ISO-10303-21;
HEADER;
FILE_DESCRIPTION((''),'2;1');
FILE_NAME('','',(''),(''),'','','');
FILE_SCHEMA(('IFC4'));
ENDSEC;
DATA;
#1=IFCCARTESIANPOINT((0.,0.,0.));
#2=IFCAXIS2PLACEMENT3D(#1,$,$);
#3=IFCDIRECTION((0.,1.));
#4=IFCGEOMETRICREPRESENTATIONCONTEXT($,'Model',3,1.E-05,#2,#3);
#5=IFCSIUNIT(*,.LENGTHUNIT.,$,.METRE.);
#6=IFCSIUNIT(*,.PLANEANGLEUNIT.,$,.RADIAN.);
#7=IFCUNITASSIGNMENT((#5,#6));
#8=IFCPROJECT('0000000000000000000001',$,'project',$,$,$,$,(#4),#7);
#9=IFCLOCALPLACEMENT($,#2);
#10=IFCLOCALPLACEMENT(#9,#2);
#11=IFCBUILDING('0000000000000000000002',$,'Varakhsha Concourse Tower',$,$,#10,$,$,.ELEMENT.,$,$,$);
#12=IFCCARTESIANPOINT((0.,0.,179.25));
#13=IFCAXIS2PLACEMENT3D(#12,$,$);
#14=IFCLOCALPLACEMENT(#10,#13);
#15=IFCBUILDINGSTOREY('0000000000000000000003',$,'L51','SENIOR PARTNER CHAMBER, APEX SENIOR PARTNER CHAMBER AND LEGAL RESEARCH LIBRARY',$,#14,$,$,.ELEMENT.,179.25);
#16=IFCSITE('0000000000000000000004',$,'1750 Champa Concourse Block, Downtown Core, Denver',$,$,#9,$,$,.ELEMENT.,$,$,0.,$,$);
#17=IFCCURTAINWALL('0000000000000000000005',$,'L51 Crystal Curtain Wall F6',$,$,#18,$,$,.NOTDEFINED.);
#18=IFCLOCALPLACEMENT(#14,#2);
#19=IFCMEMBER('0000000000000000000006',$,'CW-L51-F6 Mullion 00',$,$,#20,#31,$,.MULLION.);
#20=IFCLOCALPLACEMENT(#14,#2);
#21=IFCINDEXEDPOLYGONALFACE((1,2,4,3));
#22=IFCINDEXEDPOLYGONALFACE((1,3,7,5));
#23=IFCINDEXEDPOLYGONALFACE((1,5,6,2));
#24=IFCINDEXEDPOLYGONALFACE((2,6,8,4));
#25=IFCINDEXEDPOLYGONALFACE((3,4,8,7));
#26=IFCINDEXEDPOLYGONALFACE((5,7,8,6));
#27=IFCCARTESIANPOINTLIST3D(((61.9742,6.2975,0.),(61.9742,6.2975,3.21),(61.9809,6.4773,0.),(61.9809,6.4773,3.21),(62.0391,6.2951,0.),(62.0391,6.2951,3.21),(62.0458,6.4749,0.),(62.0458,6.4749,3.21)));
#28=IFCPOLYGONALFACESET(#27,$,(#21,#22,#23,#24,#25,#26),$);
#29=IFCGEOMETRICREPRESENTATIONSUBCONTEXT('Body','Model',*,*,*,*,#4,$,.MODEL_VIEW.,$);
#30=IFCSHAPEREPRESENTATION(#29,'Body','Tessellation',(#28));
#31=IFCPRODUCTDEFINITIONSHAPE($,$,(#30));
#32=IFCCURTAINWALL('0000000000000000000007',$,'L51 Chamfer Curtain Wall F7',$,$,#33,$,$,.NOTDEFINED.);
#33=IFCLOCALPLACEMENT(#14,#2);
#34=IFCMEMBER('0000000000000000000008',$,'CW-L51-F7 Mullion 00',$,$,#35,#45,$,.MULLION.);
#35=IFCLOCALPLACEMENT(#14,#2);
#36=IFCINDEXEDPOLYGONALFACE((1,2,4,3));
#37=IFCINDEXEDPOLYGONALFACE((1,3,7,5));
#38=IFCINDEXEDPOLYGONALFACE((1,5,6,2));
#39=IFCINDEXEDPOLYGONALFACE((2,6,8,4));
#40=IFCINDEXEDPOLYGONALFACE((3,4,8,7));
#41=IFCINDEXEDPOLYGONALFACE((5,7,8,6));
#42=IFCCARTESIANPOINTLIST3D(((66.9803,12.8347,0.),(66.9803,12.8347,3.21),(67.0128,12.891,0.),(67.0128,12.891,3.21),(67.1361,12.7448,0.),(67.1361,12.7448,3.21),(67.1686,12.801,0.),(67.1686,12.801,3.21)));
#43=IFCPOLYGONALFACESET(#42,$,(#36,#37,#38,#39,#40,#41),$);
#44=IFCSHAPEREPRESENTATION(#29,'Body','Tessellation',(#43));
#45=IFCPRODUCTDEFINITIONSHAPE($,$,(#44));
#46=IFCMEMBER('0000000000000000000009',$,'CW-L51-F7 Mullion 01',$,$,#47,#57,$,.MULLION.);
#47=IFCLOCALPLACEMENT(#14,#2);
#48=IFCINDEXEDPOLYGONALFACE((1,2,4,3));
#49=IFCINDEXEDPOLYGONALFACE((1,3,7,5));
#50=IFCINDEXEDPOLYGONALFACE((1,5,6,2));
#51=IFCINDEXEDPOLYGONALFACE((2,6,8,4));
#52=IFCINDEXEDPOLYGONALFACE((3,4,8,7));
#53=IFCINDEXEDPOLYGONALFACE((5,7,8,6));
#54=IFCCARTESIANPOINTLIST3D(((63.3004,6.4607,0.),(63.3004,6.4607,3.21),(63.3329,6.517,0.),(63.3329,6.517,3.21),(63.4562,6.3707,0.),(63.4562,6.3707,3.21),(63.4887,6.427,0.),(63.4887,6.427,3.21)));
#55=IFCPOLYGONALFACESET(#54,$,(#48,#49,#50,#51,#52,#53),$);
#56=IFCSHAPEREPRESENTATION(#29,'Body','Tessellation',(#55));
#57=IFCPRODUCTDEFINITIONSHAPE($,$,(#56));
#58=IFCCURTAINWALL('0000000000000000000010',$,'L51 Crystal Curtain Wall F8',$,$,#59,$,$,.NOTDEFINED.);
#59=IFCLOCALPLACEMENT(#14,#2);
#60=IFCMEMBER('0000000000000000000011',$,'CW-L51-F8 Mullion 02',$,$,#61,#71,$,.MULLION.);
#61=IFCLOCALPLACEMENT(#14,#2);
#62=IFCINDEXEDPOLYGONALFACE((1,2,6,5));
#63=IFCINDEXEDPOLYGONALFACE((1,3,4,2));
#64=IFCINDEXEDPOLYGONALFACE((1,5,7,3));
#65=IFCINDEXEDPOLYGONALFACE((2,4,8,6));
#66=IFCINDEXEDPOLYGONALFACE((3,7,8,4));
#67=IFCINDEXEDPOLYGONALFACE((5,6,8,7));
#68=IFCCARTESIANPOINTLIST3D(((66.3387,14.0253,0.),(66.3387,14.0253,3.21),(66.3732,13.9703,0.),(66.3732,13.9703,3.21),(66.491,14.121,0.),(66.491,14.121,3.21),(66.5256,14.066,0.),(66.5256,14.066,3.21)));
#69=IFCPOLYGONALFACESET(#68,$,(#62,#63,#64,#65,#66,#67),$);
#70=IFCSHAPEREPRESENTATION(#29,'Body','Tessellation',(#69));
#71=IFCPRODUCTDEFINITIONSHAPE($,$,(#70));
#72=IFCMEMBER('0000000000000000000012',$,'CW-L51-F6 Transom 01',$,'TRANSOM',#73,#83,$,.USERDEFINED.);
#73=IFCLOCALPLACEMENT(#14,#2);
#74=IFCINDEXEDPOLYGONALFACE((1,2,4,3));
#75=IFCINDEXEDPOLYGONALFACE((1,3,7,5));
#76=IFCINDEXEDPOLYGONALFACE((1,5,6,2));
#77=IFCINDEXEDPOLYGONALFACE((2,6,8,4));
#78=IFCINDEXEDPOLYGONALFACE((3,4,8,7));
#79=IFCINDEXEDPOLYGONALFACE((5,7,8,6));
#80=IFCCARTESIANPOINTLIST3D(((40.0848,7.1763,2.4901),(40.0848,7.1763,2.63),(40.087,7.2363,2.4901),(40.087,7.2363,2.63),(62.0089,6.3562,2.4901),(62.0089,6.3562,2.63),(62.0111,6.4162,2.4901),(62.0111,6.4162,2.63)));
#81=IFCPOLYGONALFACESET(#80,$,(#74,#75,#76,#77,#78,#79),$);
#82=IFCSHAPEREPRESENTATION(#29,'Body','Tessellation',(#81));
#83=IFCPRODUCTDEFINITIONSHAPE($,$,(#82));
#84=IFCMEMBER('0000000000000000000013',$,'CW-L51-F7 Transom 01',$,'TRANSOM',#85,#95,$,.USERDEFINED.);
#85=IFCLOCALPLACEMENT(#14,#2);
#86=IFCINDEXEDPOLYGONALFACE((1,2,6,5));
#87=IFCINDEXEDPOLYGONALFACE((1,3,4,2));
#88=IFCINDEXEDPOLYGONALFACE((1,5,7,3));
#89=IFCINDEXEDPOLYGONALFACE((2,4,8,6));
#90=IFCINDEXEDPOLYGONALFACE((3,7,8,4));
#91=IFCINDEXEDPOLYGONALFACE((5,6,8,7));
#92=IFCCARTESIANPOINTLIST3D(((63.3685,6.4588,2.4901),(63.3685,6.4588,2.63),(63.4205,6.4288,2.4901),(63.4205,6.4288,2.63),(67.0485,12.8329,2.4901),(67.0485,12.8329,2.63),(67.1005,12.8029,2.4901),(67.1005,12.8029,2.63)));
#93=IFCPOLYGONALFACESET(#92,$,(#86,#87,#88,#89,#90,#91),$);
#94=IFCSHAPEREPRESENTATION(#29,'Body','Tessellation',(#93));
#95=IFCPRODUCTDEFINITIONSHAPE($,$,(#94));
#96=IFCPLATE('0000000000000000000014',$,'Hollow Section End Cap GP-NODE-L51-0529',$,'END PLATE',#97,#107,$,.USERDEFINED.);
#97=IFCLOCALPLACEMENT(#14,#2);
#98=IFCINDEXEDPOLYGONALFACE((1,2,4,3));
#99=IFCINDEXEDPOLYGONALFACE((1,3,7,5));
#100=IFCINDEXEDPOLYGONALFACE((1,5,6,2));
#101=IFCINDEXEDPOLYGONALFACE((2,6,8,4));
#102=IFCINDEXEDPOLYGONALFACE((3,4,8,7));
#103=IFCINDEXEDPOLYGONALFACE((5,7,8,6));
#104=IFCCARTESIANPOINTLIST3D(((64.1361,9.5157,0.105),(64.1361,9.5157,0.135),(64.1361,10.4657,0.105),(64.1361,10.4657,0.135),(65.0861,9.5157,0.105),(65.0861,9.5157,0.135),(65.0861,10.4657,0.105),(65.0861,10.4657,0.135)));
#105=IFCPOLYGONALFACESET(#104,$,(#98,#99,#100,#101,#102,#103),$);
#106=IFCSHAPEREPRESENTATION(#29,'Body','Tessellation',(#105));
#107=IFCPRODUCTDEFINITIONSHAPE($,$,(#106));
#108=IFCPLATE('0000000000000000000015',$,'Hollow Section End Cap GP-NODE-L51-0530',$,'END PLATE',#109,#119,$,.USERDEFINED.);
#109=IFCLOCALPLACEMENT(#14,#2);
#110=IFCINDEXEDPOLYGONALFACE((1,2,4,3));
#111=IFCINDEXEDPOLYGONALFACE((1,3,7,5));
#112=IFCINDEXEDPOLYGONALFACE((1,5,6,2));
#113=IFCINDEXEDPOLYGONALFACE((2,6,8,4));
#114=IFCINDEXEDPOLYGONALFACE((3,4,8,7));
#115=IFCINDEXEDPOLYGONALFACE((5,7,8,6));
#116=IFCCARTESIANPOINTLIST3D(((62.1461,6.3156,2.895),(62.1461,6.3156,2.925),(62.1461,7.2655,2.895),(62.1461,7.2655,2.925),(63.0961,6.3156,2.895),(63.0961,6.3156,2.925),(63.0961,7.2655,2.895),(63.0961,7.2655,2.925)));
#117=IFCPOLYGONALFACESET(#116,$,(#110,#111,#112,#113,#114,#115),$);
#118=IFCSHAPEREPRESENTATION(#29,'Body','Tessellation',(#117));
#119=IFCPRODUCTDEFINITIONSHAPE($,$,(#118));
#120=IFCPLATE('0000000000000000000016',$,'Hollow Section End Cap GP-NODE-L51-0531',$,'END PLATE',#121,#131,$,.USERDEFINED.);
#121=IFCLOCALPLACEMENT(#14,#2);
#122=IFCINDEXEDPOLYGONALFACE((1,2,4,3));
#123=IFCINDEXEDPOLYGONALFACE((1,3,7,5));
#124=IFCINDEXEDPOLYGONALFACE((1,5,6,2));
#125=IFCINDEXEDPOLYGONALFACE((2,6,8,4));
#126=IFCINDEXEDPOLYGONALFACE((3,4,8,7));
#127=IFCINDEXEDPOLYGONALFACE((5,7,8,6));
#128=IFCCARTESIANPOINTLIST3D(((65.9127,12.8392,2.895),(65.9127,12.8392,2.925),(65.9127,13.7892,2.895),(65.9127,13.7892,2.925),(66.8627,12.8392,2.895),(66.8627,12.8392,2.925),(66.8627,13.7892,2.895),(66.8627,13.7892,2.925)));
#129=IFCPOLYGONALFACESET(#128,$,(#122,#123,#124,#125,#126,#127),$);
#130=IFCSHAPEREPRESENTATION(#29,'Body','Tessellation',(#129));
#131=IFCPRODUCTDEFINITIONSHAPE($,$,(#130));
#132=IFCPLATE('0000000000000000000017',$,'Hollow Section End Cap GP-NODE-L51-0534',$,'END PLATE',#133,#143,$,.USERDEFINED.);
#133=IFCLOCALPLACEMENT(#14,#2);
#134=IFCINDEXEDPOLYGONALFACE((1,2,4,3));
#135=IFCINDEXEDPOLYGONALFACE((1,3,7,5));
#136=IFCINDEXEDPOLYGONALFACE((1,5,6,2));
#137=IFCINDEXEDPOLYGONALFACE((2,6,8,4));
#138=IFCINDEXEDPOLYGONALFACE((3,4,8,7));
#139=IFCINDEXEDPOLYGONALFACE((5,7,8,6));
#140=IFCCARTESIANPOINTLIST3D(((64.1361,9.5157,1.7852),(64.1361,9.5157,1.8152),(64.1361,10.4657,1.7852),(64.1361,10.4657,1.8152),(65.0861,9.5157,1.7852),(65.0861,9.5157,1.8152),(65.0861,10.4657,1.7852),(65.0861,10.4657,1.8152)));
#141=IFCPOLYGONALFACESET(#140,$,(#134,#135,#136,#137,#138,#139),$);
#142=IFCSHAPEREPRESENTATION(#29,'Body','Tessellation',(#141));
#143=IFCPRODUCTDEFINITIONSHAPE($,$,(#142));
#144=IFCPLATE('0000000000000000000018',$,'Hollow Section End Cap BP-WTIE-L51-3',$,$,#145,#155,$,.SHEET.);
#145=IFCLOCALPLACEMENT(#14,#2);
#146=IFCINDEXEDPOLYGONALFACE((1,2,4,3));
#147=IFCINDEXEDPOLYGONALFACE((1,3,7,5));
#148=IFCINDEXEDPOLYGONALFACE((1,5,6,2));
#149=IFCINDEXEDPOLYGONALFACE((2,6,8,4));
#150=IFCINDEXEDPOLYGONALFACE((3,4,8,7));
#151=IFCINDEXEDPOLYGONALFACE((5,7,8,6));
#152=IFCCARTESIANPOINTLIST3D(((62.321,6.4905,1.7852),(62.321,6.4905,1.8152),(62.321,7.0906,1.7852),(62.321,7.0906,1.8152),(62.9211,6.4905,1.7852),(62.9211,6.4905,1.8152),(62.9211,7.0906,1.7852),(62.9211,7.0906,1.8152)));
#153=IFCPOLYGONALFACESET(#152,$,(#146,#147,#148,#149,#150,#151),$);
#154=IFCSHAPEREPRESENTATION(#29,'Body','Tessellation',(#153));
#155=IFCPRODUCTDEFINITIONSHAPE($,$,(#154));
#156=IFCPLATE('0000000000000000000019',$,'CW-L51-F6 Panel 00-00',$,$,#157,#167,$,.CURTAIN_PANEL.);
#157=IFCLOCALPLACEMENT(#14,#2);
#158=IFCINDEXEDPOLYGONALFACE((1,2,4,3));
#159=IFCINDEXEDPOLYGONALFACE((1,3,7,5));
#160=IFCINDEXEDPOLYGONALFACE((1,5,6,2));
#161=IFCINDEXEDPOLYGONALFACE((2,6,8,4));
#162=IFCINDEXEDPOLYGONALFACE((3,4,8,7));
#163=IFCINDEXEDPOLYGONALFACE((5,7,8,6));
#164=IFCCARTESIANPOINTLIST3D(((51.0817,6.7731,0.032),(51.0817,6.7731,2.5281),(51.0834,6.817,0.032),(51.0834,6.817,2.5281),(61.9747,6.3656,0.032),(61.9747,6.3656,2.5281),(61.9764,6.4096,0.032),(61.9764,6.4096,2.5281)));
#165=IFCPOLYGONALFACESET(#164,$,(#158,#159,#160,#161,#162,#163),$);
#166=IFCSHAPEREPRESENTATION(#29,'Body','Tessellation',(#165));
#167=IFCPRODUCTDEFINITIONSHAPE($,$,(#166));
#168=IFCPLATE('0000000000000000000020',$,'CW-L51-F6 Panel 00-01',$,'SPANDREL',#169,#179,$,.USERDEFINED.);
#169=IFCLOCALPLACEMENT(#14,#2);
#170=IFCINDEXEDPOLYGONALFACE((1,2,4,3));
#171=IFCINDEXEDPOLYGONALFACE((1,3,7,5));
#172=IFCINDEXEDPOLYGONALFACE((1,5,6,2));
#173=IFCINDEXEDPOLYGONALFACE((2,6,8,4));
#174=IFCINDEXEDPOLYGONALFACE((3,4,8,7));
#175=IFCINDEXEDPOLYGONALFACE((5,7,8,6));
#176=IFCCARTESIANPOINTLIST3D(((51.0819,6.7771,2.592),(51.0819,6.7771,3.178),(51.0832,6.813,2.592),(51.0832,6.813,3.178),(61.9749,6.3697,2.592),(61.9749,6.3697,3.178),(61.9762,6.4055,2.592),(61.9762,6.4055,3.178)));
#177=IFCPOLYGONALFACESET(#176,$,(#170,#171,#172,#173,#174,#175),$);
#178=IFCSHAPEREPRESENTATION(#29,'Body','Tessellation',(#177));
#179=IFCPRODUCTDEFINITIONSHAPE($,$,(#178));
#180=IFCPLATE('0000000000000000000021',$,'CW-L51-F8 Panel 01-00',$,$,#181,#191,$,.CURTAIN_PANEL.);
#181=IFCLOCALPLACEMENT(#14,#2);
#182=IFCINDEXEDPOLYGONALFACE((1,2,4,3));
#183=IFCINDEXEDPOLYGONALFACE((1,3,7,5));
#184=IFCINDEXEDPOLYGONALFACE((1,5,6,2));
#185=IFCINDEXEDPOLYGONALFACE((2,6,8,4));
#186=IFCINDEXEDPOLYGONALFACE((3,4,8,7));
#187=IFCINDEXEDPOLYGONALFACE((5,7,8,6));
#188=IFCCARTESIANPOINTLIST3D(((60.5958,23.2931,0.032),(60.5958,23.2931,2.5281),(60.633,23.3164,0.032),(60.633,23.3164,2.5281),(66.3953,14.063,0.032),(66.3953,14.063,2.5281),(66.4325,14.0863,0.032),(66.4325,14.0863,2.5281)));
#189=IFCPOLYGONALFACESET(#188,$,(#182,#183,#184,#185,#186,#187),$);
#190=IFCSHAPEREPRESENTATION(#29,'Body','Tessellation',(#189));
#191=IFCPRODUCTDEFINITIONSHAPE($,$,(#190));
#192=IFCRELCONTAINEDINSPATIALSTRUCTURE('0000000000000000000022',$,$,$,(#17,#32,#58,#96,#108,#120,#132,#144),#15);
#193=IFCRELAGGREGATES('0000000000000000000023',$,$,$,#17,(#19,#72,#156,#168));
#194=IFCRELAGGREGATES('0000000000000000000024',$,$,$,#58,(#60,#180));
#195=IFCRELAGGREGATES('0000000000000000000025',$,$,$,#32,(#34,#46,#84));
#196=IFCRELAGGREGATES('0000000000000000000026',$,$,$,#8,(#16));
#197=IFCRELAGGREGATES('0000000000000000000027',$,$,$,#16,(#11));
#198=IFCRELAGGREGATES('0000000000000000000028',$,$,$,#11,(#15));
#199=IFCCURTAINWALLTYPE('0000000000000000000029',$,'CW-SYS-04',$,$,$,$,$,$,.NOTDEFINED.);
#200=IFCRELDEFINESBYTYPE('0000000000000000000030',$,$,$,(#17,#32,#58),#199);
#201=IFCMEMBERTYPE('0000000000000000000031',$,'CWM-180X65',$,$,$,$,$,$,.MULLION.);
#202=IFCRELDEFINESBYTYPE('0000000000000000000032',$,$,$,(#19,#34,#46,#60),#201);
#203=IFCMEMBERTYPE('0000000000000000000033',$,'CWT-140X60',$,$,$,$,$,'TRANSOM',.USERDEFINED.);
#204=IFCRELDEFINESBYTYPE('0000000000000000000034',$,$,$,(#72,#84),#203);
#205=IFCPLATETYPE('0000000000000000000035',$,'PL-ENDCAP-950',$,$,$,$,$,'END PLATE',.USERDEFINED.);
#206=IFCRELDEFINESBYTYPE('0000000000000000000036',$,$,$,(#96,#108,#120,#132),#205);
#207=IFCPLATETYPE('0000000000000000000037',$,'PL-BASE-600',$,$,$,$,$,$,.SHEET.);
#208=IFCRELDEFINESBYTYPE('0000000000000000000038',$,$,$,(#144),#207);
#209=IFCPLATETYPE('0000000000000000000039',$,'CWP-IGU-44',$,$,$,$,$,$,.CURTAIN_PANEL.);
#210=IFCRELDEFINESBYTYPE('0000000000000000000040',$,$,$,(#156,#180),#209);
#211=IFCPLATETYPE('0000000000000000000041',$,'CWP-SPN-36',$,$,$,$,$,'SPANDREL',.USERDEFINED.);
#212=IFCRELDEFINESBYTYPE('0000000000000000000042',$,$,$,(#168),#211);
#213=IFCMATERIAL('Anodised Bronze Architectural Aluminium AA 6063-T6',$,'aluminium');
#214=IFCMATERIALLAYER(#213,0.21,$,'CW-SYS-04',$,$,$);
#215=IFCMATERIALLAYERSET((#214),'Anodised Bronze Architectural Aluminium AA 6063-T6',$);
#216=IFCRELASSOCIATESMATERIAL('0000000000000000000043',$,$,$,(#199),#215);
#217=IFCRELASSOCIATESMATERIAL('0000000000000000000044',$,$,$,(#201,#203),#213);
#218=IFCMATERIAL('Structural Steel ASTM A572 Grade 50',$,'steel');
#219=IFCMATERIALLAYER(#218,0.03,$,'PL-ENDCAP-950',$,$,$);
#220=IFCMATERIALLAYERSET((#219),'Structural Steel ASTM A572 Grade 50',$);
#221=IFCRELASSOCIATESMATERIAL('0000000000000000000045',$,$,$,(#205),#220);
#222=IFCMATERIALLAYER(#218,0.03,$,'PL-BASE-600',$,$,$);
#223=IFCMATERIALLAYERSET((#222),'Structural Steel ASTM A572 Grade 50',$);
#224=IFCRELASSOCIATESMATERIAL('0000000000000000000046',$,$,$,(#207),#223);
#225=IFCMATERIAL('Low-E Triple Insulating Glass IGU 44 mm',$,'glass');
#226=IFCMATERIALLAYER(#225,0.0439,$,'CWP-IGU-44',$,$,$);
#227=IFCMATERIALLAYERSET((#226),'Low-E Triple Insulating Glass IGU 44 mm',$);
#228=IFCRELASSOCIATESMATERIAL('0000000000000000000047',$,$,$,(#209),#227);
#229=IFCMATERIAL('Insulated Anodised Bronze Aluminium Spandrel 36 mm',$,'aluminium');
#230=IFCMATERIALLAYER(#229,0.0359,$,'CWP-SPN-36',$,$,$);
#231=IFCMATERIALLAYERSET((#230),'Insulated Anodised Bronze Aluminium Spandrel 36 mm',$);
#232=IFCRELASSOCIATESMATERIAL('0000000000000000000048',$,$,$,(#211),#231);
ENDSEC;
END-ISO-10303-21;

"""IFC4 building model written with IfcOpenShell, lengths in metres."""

from ifc_helpers import new_model, si_unit, direction, frame, origin, origin_2d, place, context, subcontext, project, spatial, rectangle, extrude, source, transform, mapped, material, layer, layer_set, material_profile, profile_set, type_object, type_shapes, element, aggregate, save


model = new_model("IFC4")

# Units and contexts
model_context = context("Model", 3, precision=1e-05, world=origin(), true_north=direction((0.0, 1.0)))
body_context = subcontext(model_context, "Body", "Model", "MODEL_VIEW")
ifc_project = project(units=[si_unit("LENGTHUNIT", "METRE"), si_unit("PLANEANGLEUNIT", "RADIAN")], contexts=[model_context])

# Site, building, storey
site_placement = place(None, origin())
site = spatial("IfcSite", under=ifc_project, at=site_placement, Name="1750 Champa Concourse Block, Downtown Core, Denver", CompositionType="ELEMENT", RefElevation=0.0)
building_placement = place(site_placement, origin())
building = spatial("IfcBuilding", under=site, at=building_placement, Name="Varakhsha Concourse Tower", CompositionType="ELEMENT")
storey_placement = place(building_placement, frame((0.0, 0.0, 179.25)))
storey = spatial("IfcBuildingStorey", under=building, at=storey_placement, Name="L51", Description="SENIOR PARTNER CHAMBER, APEX SENIOR PARTNER CHAMBER AND LEGAL RESEARCH LIBRARY", CompositionType="ELEMENT", Elevation=179.25)

# Shared definitions
ifc_material_1 = material(Name="Structural Steel ASTM A572 Grade 50", Category="steel")

# Curtain wall, member
ifc_material_2 = material(Name="Anodised Bronze Architectural Aluminium AA 6063-T6", Category="aluminium")
ifc_layer_1 = layer(ifc_material_2, 0.21, Name="CW-SYS-04")
ifc_layer_set_1 = layer_set([ifc_layer_1], Name="Anodised Bronze Architectural Aluminium AA 6063-T6")
curtain_wall_type = type_object("IfcCurtainWallType", Name="CW-SYS-04", PredefinedType="NOTDEFINED", material=ifc_layer_set_1)
curtain_wall_1_placement = place(storey_placement, origin())
curtain_wall_1 = element("IfcCurtainWall", 1, at=curtain_wall_1_placement, inside=storey, type_object=curtain_wall_type, Name="L51 Crystal Curtain Wall F6", PredefinedType="NOTDEFINED")
ifc_material_profile_1 = material_profile(ifc_material_2, rectangle(XDim=0.0649, YDim=0.1799, at=origin_2d()), Name="CWM-180X65")
ifc_profile_set_1 = profile_set([ifc_material_profile_1], Name="Anodised Bronze Architectural Aluminium AA 6063-T6")
member_type_1 = type_object("IfcMemberType", Name="CWM-180X65", PredefinedType="MULLION", material=ifc_profile_set_1)
shared_shape_1 = source(origin(), body_context, "Body", "SweptSolid", [
    extrude(rectangle(XDim=0.0649, YDim=0.1799, at=origin_2d()), origin(), (0.0, 0.0, 1.0), 3.21),
])
type_shapes(member_type_1, [shared_shape_1])
member_1_placement = place(storey_placement, frame((62.01, 6.3862, 0.0), z_axis=(0.0, 0.0, 1.0), x_axis=(-0.999301, 0.037376, 0.0)))
member_1 = element("IfcMember", 2, at=member_1_placement, type_object=member_type_1, Name="CW-L51-F6 Mullion 00", PredefinedType="MULLION", context=body_context, shape_type="MappedRepresentation", body=[
    mapped(shared_shape_1, transform((0.0, 0.0, 0.0), scale=1.0)),
])

# Curtain wall, members
curtain_wall_2_placement = place(storey_placement, origin())
curtain_wall_2 = element("IfcCurtainWall", 3, at=curtain_wall_2_placement, inside=storey, type_object=curtain_wall_type, Name="L51 Chamfer Curtain Wall F7", PredefinedType="NOTDEFINED")
member_2_placement = place(storey_placement, frame((67.0745, 12.8179, 0.0), z_axis=(0.0, 0.0, 1.0), x_axis=(-0.499997, -0.866027, 0.0)))
member_2 = element("IfcMember", 4, at=member_2_placement, type_object=member_type_1, Name="CW-L51-F7 Mullion 00", PredefinedType="MULLION", context=body_context, shape_type="MappedRepresentation", body=[
    mapped(shared_shape_1, transform((0.0, 0.0, 0.0), scale=1.0)),
])
member_3_placement = place(storey_placement, frame((63.3945, 6.4438, 0.0), z_axis=(0.0, 0.0, 1.0), x_axis=(-0.499997, -0.866027, 0.0)))
member_3 = element("IfcMember", 5, at=member_3_placement, type_object=member_type_1, Name="CW-L51-F7 Mullion 01", PredefinedType="MULLION", context=body_context, shape_type="MappedRepresentation", body=[
    mapped(shared_shape_1, transform((0.0, 0.0, 0.0), scale=1.0)),
])

# Curtain wall, member
curtain_wall_3_placement = place(storey_placement, origin())
curtain_wall_3 = element("IfcCurtainWall", 6, at=curtain_wall_3_placement, inside=storey, type_object=curtain_wall_type, Name="L51 Crystal Curtain Wall F8", PredefinedType="NOTDEFINED")
member_4_placement = place(storey_placement, frame((66.4321, 14.0457, 0.0), z_axis=(0.0, 0.0, 1.0), x_axis=(0.532022, -0.84673, 0.0)))
member_4 = element("IfcMember", 7, at=member_4_placement, type_object=member_type_1, Name="CW-L51-F8 Mullion 02", PredefinedType="MULLION", context=body_context, shape_type="MappedRepresentation", body=[
    mapped(shared_shape_1, transform((0.0, 0.0, 0.0), scale=1.0)),
])

# Members
ifc_material_profile_2 = material_profile(ifc_material_2, rectangle(XDim=0.0601, YDim=0.1399, at=origin_2d()), Name="CWT-140X60")
ifc_profile_set_2 = profile_set([ifc_material_profile_2], Name="Anodised Bronze Architectural Aluminium AA 6063-T6")
member_type_2 = type_object("IfcMemberType", Name="CWT-140X60", ElementType="TRANSOM", PredefinedType="USERDEFINED", material=ifc_profile_set_2)
shared_shape_2 = source(origin(), body_context, "Body", "SweptSolid", [
    extrude(rectangle(XDim=0.0601, YDim=0.1399, at=origin_2d()), origin(), (0.0, 0.0, 1.0), 21.9395),
])
member_5_placement = place(storey_placement, frame((62.01, 6.3862, 2.5601), z_axis=(-0.999301, 0.037379, 0.0), x_axis=(-0.037379, -0.999301, 0.0)))
member_5 = element("IfcMember", 8, at=member_5_placement, type_object=member_type_2, Name="CW-L51-F6 Transom 01", ObjectType="TRANSOM", PredefinedType="USERDEFINED", context=body_context, shape_type="MappedRepresentation", body=[
    mapped(shared_shape_2, transform((0.0, 0.0, 0.0), scale=1.0)),
])
shared_shape_3 = source(origin(), body_context, "Body", "SweptSolid", [
    extrude(rectangle(XDim=0.0601, YDim=0.1399, at=origin_2d()), origin(), (0.0, 0.0, 1.0), 7.3601),
])
type_shapes(member_type_2, [shared_shape_2, shared_shape_3])
member_6_placement = place(storey_placement, frame((67.0745, 12.8179, 2.5601), z_axis=(-0.499989, -0.866032, 0.0), x_axis=(0.866032, -0.499989, 0.0)))
member_6 = element("IfcMember", 9, at=member_6_placement, type_object=member_type_2, Name="CW-L51-F7 Transom 01", ObjectType="TRANSOM", PredefinedType="USERDEFINED", context=body_context, shape_type="MappedRepresentation", body=[
    mapped(shared_shape_3, transform((0.0, 0.0, 0.0), scale=1.0)),
])

# Plates
ifc_layer_2 = layer(ifc_material_1, 0.03, Name="PL-ENDCAP-950")
ifc_layer_set_2 = layer_set([ifc_layer_2], Name="Structural Steel ASTM A572 Grade 50")
plate_type_1 = type_object("IfcPlateType", Name="PL-ENDCAP-950", ElementType="END PLATE", PredefinedType="USERDEFINED", material=ifc_layer_set_2)
shared_shape_4 = source(origin(), body_context, "Body", "SweptSolid", [
    extrude(rectangle(XDim=0.95, YDim=0.95, at=origin_2d()), origin(), (0.0, 0.0, 1.0), 0.03),
])
type_shapes(plate_type_1, [shared_shape_4])
for number, where, z_axis, x_axis, name in (
    (10, (64.6111, 9.9907, 0.105), (0.0, 0.0, 1.0), (1.0, 0.0, 0.0), "Hollow Section End Cap GP-NODE-L51-0529"),
    (11, (62.6211, 6.7905, 2.895), (0.0, 0.0, 1.0), (1.0, 0.0, 0.0), "Hollow Section End Cap GP-NODE-L51-0530"),
    (12, (66.3877, 13.3142, 2.895), (0.0, 0.0, 1.0), (1.0, 0.0, 0.0), "Hollow Section End Cap GP-NODE-L51-0531"),
    (13, (64.6111, 9.9907, 1.7852), (0.0, 0.0, 1.0), (1.0, 0.0, 0.0), "Hollow Section End Cap GP-NODE-L51-0534"),
):
    element("IfcPlate", number, at=place(storey_placement, frame(where, z_axis=z_axis, x_axis=x_axis)), inside=storey, type_object=plate_type_1, Name=name, ObjectType="END PLATE", PredefinedType="USERDEFINED", context=body_context, shape_type="MappedRepresentation", body=[
        mapped(shared_shape_4, transform((0.0, 0.0, 0.0), scale=1.0)),
    ])
ifc_layer_3 = layer(ifc_material_1, 0.03, Name="PL-BASE-600")
ifc_layer_set_3 = layer_set([ifc_layer_3], Name="Structural Steel ASTM A572 Grade 50")
plate_type_2 = type_object("IfcPlateType", Name="PL-BASE-600", PredefinedType="SHEET", material=ifc_layer_set_3)
shared_shape_5 = source(origin(), body_context, "Body", "SweptSolid", [
    extrude(rectangle(XDim=0.6001, YDim=0.6001, at=origin_2d()), origin(), (0.0, 0.0, 1.0), 0.03),
])
type_shapes(plate_type_2, [shared_shape_5])
plate_1_placement = place(storey_placement, frame((62.6211, 6.7905, 1.7852), z_axis=(0.0, 0.0, 1.0), x_axis=(1.0, 0.0, 0.0)))
element("IfcPlate", 14, at=plate_1_placement, inside=storey, type_object=plate_type_2, Name="Hollow Section End Cap BP-WTIE-L51-3", PredefinedType="SHEET", context=body_context, shape_type="MappedRepresentation", body=[
    mapped(shared_shape_5, transform((0.0, 0.0, 0.0), scale=1.0)),
])

# Plates
ifc_material_3 = material(Name="Low-E Triple Insulating Glass IGU 44 mm", Category="glass")
ifc_layer_4 = layer(ifc_material_3, 0.0439, Name="CWP-IGU-44")
ifc_layer_set_4 = layer_set([ifc_layer_4], Name="Low-E Triple Insulating Glass IGU 44 mm")
plate_type_3 = type_object("IfcPlateType", Name="CWP-IGU-44", PredefinedType="CURTAIN_PANEL", material=ifc_layer_set_4)
shared_shape_6 = source(origin(), body_context, "Body", "SweptSolid", [
    extrude(rectangle(XDim=10.9006, YDim=0.0439, at=origin_2d()), origin(), (0.0, 0.0, 1.0), 2.4961),
])
plate_2_placement = place(storey_placement, frame((56.5291, 6.5913, 0.032), z_axis=(0.0, 0.0, 1.0), x_axis=(-0.999301, 0.037376, 0.0)))
plate_2 = element("IfcPlate", 15, at=plate_2_placement, type_object=plate_type_3, Name="CW-L51-F6 Panel 00-00", PredefinedType="CURTAIN_PANEL", context=body_context, shape_type="MappedRepresentation", body=[
    mapped(shared_shape_6, transform((0.0, 0.0, 0.0), scale=1.0)),
])
ifc_material_4 = material(Name="Insulated Anodised Bronze Aluminium Spandrel 36 mm", Category="aluminium")
ifc_layer_5 = layer(ifc_material_4, 0.0359, Name="CWP-SPN-36")
ifc_layer_set_5 = layer_set([ifc_layer_5], Name="Insulated Anodised Bronze Aluminium Spandrel 36 mm")
plate_type_4 = type_object("IfcPlateType", Name="CWP-SPN-36", ElementType="SPANDREL", PredefinedType="USERDEFINED", material=ifc_layer_set_5)
shared_shape_7 = source(origin(), body_context, "Body", "SweptSolid", [
    extrude(rectangle(XDim=10.9006, YDim=0.0359, at=origin_2d()), origin(), (0.0, 0.0, 1.0), 0.5859),
])
plate_3_placement = place(storey_placement, frame((56.5291, 6.5913, 2.592), z_axis=(0.0, 0.0, 1.0), x_axis=(-0.999301, 0.037376, 0.0)))
plate_3 = element("IfcPlate", 16, at=plate_3_placement, type_object=plate_type_4, Name="CW-L51-F6 Panel 00-01", ObjectType="SPANDREL", PredefinedType="USERDEFINED", context=body_context, shape_type="MappedRepresentation", body=[
    mapped(shared_shape_7, transform((0.0, 0.0, 0.0), scale=1.0)),
])
aggregate(curtain_wall_1, [member_1, member_5, plate_2, plate_3])
shared_shape_8 = source(origin(), body_context, "Body", "SweptSolid", [
    extrude(rectangle(XDim=10.9009, YDim=0.0439, at=origin_2d()), origin(), (0.0, 0.0, 1.0), 2.4961),
])
type_shapes(plate_type_3, [shared_shape_6, shared_shape_8])
plate_4_placement = place(storey_placement, frame((63.5142, 18.6897, 0.032), z_axis=(0.0, 0.0, 1.0), x_axis=(0.532022, -0.84673, 0.0)))
plate_4 = element("IfcPlate", 17, at=plate_4_placement, type_object=plate_type_3, Name="CW-L51-F8 Panel 01-00", PredefinedType="CURTAIN_PANEL", context=body_context, shape_type="MappedRepresentation", body=[
    mapped(shared_shape_8, transform((0.0, 0.0, 0.0), scale=1.0)),
])
aggregate(curtain_wall_3, [member_4, plate_4])
aggregate(curtain_wall_2, [member_2, member_3, member_6])

save(model, "model.ifc")
